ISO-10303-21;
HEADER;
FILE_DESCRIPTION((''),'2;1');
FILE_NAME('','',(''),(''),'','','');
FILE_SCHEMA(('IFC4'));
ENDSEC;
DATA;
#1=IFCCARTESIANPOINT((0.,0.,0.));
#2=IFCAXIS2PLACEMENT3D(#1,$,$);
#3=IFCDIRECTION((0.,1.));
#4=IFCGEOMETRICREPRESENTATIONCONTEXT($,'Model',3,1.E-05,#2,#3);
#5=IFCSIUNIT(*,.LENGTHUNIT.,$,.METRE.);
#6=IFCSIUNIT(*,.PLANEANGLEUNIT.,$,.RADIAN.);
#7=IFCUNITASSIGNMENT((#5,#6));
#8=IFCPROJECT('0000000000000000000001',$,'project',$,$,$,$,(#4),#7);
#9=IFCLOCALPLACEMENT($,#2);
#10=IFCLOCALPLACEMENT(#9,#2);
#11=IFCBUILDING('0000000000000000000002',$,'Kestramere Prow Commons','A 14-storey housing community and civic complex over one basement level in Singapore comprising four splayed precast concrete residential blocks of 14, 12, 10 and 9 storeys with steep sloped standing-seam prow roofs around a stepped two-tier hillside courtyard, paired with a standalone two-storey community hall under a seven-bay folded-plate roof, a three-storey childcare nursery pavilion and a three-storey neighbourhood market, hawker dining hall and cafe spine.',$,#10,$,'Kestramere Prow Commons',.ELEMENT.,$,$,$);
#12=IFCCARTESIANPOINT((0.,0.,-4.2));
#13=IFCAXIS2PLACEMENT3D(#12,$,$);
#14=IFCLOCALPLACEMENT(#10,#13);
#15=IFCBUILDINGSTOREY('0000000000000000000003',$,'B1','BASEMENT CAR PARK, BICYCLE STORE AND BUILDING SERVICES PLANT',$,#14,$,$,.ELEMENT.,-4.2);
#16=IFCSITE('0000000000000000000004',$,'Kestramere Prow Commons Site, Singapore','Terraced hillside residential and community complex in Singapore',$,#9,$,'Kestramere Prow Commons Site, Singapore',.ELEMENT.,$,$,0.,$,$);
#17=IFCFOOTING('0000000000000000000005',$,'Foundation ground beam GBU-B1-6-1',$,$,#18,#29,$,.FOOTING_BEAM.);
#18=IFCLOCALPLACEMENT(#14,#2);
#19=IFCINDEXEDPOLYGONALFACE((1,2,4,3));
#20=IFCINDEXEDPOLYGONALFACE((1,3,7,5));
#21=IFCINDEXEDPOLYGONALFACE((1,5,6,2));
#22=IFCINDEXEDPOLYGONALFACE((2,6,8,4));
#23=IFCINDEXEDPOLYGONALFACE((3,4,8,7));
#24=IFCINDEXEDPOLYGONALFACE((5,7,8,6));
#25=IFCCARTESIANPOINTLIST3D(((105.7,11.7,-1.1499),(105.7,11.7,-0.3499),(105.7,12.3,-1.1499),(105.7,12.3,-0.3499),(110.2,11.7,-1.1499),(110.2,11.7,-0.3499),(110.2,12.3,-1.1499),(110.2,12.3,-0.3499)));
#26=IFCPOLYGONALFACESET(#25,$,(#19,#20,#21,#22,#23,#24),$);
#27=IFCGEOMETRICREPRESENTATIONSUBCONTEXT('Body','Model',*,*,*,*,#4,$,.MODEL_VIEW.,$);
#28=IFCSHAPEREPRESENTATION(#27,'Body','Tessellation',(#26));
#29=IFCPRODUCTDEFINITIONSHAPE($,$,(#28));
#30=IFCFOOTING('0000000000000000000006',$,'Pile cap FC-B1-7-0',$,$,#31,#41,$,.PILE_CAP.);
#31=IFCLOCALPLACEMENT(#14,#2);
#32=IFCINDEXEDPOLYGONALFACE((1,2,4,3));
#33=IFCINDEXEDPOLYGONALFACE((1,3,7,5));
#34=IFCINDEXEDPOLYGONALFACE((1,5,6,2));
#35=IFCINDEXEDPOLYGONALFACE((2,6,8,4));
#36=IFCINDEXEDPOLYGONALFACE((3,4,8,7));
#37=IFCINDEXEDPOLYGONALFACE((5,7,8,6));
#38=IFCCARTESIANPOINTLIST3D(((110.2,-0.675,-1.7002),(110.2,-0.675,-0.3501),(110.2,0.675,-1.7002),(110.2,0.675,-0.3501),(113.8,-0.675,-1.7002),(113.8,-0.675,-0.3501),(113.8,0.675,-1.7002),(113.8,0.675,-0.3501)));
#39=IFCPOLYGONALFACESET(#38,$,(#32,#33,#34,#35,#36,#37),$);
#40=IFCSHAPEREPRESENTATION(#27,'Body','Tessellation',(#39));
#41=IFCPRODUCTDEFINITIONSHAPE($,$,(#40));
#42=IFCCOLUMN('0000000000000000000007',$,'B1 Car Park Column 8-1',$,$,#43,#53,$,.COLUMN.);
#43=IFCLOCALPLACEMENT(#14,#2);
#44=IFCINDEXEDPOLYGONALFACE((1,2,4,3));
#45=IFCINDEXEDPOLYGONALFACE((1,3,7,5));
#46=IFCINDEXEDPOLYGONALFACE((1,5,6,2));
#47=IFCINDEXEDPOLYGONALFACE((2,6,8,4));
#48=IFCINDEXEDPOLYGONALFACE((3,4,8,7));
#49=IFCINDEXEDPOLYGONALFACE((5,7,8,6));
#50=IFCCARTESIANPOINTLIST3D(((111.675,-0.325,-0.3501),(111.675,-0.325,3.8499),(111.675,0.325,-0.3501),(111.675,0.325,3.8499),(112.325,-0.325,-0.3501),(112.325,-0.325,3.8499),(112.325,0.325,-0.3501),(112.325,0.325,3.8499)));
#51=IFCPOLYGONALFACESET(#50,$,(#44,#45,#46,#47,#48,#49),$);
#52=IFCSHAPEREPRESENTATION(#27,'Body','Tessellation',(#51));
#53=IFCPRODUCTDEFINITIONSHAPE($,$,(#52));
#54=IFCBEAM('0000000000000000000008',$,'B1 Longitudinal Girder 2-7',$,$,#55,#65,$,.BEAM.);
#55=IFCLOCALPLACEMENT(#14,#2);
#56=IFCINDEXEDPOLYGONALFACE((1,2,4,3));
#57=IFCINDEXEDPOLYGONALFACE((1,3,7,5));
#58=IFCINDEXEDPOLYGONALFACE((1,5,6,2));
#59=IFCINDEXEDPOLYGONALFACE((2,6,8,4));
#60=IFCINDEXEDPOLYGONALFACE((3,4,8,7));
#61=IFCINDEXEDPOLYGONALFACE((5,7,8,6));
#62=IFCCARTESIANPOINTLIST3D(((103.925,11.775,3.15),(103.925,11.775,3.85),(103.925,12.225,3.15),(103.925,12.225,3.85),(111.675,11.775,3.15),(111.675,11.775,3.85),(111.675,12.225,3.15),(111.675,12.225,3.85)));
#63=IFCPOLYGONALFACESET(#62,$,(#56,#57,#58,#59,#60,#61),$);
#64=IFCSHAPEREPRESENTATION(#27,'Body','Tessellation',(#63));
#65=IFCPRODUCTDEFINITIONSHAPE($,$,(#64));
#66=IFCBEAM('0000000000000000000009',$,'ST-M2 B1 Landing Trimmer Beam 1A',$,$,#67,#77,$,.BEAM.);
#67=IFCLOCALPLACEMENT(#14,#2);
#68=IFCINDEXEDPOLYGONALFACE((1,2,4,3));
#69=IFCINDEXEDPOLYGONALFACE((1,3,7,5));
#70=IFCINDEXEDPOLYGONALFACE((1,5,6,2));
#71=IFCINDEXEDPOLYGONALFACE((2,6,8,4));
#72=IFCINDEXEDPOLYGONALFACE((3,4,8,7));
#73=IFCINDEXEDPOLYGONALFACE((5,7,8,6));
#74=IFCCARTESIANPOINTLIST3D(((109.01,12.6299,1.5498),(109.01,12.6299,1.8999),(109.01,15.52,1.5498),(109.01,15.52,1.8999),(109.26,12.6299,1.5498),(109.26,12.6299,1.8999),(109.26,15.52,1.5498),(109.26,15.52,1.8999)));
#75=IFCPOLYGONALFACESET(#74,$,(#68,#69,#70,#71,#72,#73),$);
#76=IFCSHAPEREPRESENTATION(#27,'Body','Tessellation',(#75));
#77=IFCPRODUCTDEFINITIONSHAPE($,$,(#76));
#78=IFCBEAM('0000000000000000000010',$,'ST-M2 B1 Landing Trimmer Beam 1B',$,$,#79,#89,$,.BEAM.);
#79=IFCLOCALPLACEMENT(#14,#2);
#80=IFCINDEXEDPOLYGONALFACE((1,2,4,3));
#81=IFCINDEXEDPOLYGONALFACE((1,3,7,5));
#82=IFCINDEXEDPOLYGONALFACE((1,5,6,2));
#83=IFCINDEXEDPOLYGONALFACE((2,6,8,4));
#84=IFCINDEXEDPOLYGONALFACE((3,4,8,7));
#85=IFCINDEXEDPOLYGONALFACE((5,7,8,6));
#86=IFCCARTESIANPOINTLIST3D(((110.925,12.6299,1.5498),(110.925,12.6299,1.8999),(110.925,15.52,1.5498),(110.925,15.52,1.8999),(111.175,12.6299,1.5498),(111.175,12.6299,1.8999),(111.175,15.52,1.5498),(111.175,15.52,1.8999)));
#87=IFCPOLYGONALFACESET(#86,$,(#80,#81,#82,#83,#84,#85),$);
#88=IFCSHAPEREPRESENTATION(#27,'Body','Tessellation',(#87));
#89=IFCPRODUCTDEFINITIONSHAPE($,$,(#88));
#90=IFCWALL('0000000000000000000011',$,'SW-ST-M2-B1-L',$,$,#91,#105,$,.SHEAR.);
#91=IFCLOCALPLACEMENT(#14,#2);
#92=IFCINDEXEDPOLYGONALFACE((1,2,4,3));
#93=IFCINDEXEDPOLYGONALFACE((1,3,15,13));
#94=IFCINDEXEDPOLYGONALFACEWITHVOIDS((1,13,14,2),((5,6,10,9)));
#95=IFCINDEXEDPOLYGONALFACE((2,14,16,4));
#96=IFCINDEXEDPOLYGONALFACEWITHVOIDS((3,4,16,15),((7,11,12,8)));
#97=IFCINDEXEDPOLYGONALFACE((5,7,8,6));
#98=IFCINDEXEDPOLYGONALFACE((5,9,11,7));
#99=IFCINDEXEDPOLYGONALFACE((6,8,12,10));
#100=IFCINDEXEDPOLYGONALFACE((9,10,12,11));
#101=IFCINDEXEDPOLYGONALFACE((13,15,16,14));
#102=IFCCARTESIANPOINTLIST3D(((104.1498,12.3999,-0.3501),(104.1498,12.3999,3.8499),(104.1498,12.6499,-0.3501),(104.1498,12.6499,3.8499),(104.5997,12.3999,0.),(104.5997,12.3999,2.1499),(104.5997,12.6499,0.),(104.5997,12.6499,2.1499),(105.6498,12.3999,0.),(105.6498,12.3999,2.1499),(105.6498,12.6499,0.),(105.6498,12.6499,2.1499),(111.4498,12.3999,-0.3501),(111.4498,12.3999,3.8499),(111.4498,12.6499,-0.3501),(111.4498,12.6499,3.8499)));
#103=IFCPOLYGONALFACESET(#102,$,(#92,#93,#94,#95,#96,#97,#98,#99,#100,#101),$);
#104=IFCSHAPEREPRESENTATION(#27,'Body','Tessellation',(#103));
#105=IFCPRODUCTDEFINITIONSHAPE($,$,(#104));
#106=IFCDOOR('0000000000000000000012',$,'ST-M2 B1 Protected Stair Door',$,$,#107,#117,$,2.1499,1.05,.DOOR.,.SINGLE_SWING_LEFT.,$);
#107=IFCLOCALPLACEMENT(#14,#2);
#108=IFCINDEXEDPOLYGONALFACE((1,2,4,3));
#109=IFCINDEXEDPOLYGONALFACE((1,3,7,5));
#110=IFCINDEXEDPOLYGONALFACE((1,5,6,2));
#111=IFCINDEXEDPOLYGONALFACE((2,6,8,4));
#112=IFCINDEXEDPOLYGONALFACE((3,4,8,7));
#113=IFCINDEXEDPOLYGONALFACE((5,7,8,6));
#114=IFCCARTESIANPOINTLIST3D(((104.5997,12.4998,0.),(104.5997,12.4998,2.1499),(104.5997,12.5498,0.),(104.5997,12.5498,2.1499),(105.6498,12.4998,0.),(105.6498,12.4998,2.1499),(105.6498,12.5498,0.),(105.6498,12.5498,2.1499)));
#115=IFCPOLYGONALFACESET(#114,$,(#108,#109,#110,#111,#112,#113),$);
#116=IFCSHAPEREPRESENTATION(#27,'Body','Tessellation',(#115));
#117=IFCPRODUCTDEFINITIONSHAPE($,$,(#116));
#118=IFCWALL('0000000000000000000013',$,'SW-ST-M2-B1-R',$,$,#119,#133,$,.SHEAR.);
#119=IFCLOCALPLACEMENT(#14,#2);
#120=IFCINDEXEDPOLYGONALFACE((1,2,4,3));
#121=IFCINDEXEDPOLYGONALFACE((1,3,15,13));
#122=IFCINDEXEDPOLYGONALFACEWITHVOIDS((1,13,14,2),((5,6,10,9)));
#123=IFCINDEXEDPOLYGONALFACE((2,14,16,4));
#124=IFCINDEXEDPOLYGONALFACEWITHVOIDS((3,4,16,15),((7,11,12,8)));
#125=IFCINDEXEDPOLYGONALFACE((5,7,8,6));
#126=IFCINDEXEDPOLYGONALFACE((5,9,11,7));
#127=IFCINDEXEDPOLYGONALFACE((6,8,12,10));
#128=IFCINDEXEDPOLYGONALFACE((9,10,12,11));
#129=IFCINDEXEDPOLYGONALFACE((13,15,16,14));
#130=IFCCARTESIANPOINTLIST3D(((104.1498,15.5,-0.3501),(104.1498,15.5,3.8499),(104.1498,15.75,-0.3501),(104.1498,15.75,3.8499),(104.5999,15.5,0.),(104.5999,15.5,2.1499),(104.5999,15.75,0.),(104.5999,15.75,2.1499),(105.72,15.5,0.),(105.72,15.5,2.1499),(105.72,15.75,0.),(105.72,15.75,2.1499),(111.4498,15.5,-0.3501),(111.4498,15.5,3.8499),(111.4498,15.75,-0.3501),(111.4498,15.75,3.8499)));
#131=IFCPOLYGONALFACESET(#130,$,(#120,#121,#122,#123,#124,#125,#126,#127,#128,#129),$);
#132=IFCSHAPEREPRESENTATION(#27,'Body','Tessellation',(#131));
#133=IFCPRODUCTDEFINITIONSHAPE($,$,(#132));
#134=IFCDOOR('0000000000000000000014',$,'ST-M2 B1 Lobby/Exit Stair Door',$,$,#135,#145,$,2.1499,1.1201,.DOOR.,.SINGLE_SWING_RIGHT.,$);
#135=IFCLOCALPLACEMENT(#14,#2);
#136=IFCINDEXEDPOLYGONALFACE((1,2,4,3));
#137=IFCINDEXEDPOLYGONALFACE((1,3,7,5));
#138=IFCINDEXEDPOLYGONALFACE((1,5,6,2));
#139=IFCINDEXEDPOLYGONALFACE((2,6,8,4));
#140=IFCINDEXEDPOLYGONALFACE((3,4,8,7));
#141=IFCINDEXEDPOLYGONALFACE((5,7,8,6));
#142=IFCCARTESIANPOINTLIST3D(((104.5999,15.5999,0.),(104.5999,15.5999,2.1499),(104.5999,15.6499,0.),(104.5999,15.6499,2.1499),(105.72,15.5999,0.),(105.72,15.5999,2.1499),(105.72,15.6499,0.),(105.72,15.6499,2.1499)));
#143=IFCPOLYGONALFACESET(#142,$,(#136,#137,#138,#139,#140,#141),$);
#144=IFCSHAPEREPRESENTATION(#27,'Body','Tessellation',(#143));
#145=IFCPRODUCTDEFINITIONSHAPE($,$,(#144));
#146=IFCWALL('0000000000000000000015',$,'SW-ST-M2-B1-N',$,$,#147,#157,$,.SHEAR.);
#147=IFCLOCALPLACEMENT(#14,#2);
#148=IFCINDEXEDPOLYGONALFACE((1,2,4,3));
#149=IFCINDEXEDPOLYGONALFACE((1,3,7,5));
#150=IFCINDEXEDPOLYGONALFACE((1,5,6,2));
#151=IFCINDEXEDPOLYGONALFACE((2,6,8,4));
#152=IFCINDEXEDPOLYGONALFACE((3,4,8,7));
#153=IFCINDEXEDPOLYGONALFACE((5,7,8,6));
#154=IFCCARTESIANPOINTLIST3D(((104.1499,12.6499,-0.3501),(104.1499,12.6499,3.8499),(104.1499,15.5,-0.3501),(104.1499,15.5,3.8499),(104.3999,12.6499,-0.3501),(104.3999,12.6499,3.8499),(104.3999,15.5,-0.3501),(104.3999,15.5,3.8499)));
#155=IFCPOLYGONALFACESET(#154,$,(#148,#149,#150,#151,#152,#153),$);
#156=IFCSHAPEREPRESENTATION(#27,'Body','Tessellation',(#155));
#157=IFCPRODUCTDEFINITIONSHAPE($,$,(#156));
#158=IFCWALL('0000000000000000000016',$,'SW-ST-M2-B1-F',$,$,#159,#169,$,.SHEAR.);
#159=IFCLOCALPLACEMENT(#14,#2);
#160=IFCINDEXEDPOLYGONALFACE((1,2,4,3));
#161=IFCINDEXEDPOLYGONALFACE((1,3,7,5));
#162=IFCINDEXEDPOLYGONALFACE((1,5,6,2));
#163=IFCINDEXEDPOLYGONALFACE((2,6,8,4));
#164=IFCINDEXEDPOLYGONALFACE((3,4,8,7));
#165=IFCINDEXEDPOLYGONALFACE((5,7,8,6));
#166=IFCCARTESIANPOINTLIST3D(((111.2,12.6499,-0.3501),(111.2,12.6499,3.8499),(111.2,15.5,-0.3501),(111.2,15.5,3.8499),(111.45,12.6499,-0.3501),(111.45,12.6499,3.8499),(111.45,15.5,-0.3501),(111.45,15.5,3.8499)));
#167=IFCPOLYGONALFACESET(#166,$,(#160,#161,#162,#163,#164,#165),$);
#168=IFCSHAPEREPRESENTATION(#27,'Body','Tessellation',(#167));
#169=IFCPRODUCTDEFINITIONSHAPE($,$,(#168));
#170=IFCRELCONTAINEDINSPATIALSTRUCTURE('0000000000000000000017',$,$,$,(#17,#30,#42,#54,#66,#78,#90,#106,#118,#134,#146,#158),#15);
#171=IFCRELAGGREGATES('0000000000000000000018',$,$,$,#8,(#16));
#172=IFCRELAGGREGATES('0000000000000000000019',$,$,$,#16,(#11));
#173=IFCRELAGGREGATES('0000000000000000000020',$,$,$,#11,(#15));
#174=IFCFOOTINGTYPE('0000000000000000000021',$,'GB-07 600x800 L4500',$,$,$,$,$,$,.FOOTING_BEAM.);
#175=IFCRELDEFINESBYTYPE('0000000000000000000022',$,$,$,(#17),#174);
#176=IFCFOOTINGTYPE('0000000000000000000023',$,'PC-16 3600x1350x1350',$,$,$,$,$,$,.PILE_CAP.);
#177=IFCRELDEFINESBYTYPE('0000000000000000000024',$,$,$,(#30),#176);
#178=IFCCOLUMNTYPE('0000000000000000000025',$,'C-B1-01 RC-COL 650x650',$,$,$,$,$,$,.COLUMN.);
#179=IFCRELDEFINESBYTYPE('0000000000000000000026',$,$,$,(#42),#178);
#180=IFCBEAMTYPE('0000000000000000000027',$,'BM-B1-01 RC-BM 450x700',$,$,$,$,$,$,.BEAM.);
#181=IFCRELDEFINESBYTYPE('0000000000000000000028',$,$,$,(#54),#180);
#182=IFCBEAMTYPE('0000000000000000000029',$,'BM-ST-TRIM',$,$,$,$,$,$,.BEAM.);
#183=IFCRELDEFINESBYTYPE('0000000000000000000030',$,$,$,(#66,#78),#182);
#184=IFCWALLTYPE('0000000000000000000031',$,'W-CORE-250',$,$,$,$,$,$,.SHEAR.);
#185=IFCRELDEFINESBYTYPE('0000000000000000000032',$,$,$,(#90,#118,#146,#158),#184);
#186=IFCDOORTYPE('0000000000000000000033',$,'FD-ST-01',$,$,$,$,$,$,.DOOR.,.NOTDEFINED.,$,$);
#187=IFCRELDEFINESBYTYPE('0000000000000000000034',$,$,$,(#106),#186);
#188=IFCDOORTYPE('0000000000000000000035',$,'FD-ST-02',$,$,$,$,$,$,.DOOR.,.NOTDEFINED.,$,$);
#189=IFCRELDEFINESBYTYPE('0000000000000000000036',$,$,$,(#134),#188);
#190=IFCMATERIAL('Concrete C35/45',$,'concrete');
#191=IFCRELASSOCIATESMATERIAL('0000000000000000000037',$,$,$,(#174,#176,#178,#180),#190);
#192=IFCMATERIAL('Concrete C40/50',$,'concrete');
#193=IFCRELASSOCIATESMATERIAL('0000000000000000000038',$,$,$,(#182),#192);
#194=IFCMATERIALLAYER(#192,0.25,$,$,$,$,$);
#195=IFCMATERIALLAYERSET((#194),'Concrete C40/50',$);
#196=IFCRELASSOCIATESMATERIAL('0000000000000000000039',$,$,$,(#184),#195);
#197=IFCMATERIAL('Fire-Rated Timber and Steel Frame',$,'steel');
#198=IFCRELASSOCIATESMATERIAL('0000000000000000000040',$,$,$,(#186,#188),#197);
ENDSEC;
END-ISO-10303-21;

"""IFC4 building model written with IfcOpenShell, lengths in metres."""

from ifc_helpers import new_model, si_unit, direction, frame, frame_2d, origin, origin_2d, place, context, subcontext, project, spatial, rectangle, extrude, material, layer, layer_set, material_profile, profile_set, type_object, element, fill, save


model = new_model("IFC4")

# Units and contexts
model_context = context("Model", 3, precision=1e-05, world=origin(), true_north=direction((0.0, 1.0)))
body_context = subcontext(model_context, "Body", "Model", "MODEL_VIEW")
ifc_project = project(units=[si_unit("LENGTHUNIT", "METRE"), si_unit("PLANEANGLEUNIT", "RADIAN")], contexts=[model_context])

# Site, building, storey
site_placement = place(None, origin())
site = spatial("IfcSite", under=ifc_project, at=site_placement, Name="Kestramere Prow Commons Site, Singapore", Description="Terraced hillside residential and community complex in Singapore", LongName="Kestramere Prow Commons Site, Singapore", CompositionType="ELEMENT", RefElevation=0.0)
building_placement = place(site_placement, origin())
building = spatial("IfcBuilding", under=site, at=building_placement, Name="Kestramere Prow Commons", Description="A 14-storey housing community and civic complex over one basement level in Singapore comprising four splayed precast concrete residential blocks of 14, 12, 10 and 9 storeys with steep sloped standing-seam prow roofs around a stepped two-tier hillside courtyard, paired with a standalone two-storey community hall under a seven-bay folded-plate roof, a three-storey childcare nursery pavilion and a three-storey neighbourhood market, hawker dining hall and cafe spine.", LongName="Kestramere Prow Commons", CompositionType="ELEMENT")
storey_placement = place(building_placement, frame((0.0, 0.0, -4.2)))
storey = spatial("IfcBuildingStorey", under=building, at=storey_placement, Name="B1", Description="BASEMENT CAR PARK, BICYCLE STORE AND BUILDING SERVICES PLANT", CompositionType="ELEMENT", Elevation=-4.2)

# Shared definitions
ifc_material_1 = material(Name="Concrete C35/45", Category="concrete")

# Footings
footing_type_1 = type_object("IfcFootingType", Name="GB-07 600x800 L4500", PredefinedType="FOOTING_BEAM", material=ifc_material_1)
for number, where, z_axis, x_axis, name in (
    (1, (107.95, 12.0, -1.1499), (0.0, 0.0, 1.0), (1.0, 0.0, 0.0), "Foundation ground beam GBU-B1-6-1"),
):
    element("IfcFooting", number, at=place(storey_placement, frame(where, z_axis=z_axis, x_axis=x_axis)), inside=storey, type_object=footing_type_1, Name=name, PredefinedType="FOOTING_BEAM", context=body_context, shape_type="SweptSolid", body=[
        extrude(rectangle(XDim=4.5, YDim=0.6001, at=origin_2d()), origin(), (0.0, 0.0, 1.0), 0.8),
    ])
footing_type_2 = type_object("IfcFootingType", Name="PC-16 3600x1350x1350", PredefinedType="PILE_CAP", material=ifc_material_1)
footing_1_placement = place(storey_placement, frame((112.0, 0.0, -1.7002), z_axis=(0.0, 0.0, 1.0), x_axis=(1.0, 0.0, 0.0)))
element("IfcFooting", 2, at=footing_1_placement, inside=storey, type_object=footing_type_2, Name="Pile cap FC-B1-7-0", PredefinedType="PILE_CAP", context=body_context, shape_type="SweptSolid", body=[
    extrude(rectangle(XDim=3.6001, YDim=1.3501, at=origin_2d()), origin(), (0.0, 0.0, 1.0), 1.3501),
])

# Column
ifc_material_profile_1 = material_profile(ifc_material_1, rectangle(XDim=0.6499, YDim=0.6499, at=origin_2d()), Name="RC-COL 650x650")
ifc_profile_set_1 = profile_set([ifc_material_profile_1], Name="Concrete C35/45")
column_type = type_object("IfcColumnType", Name="C-B1-01 RC-COL 650x650", PredefinedType="COLUMN", material=ifc_profile_set_1)
column_placement = place(storey_placement, frame((112.0, 0.0, -0.3501), z_axis=(0.0, 0.0, 1.0), x_axis=(1.0, 0.0, 0.0)))
element("IfcColumn", 3, at=column_placement, inside=storey, type_object=column_type, Name="B1 Car Park Column 8-1", PredefinedType="COLUMN", context=body_context, shape_type="SweptSolid", body=[
    extrude(rectangle(XDim=0.6499, YDim=0.6499, at=origin_2d()), origin(), (0.0, 0.0, 1.0), 4.2),
])

# Beams
ifc_material_profile_2 = material_profile(ifc_material_1, rectangle(XDim=0.45, YDim=0.7, at=origin_2d()), Name="RC-BM 450x700")
ifc_profile_set_2 = profile_set([ifc_material_profile_2], Name="Concrete C35/45")
beam_type_1 = type_object("IfcBeamType", Name="BM-B1-01 RC-BM 450x700", PredefinedType="BEAM", material=ifc_profile_set_2)
beam_placement = place(storey_placement, frame((103.925, 12.0, 3.5), z_axis=(1.0, 0.0, 0.0), x_axis=(0.0, 1.0, 0.0)))
element("IfcBeam", 4, at=beam_placement, inside=storey, type_object=beam_type_1, Name="B1 Longitudinal Girder 2-7", PredefinedType="BEAM", context=body_context, shape_type="SweptSolid", body=[
    extrude(rectangle(XDim=0.45, YDim=0.7, at=origin_2d()), origin(), (0.0, 0.0, 1.0), 7.75),
])
ifc_material_2 = material(Name="Concrete C40/50", Category="concrete")
ifc_material_profile_3 = material_profile(ifc_material_2, rectangle(XDim=0.25, YDim=0.3501, at=origin_2d()), Name="PC-BM 250x350")
ifc_profile_set_3 = profile_set([ifc_material_profile_3], Name="Concrete C40/50")
beam_type_2 = type_object("IfcBeamType", Name="BM-ST-TRIM", PredefinedType="BEAM", material=ifc_profile_set_3)
for number, where, z_axis, x_axis, name in (
    (5, (109.135, 12.6299, 1.7249), (0.0, 1.0, 0.0), (-1.0, 0.0, 0.0), "ST-M2 B1 Landing Trimmer Beam 1A"),
    (6, (111.05, 12.6299, 1.7249), (0.0, 1.0, 0.0), (-1.0, 0.0, 0.0), "ST-M2 B1 Landing Trimmer Beam 1B"),
):
    element("IfcBeam", number, at=place(storey_placement, frame(where, z_axis=z_axis, x_axis=x_axis)), inside=storey, type_object=beam_type_2, Name=name, PredefinedType="BEAM", context=body_context, shape_type="SweptSolid", body=[
        extrude(rectangle(XDim=0.25, YDim=0.3501, at=origin_2d()), origin(), (0.0, 0.0, 1.0), 2.8901),
    ])

# Walls, openings, doors
ifc_layer = layer(ifc_material_2, 0.25)
ifc_layer_set = layer_set([ifc_layer], Name="Concrete C40/50")
wall_type = type_object("IfcWallType", Name="W-CORE-250", PredefinedType="SHEAR", material=ifc_layer_set)
wall_1_placement = place(storey_placement, frame((104.1499, 12.5249, -0.3501), z_axis=(0.0, 0.0, 1.0), x_axis=(1.0, 0.0, 0.0)))
wall_1 = element("IfcWall", 7, at=wall_1_placement, inside=storey, type_object=wall_type, Name="SW-ST-M2-B1-L", PredefinedType="SHEAR", context=body_context, shape_type="SweptSolid", body=[
    extrude(rectangle(XDim=7.3, YDim=0.25, at=frame_2d((3.6499, 0.0))), origin(), (0.0, 0.0, 1.0), 4.2),
])
opening_1_placement = place(wall_1_placement, frame((0.45, 0.0, 0.3501)))
opening_1 = element("IfcOpeningElement", 8, at=opening_1_placement, cuts=wall_1, PredefinedType="OPENING", context=body_context, shape_type="SweptSolid", body=[
    extrude(rectangle(XDim=1.05, YDim=2.1499, at=frame_2d((0.5249, 1.075))), frame((0.0, 0.1399, 0.0), z_axis=(0.0, -1.0, 0.0), x_axis=(1.0, 0.0, 0.0)), (0.0, 0.0, 1.0), 0.28),
])
ifc_material_3 = material(Name="Fire-Rated Timber and Steel Frame", Category="steel")
door_type_1 = type_object("IfcDoorType", Name="FD-ST-01", OperationType="NOTDEFINED", PredefinedType="DOOR", material=ifc_material_3)
door_1_placement = place(opening_1_placement, origin())
door_1 = element("IfcDoor", 9, at=door_1_placement, inside=storey, type_object=door_type_1, Name="ST-M2 B1 Protected Stair Door", OperationType="SINGLE_SWING_LEFT", OverallHeight=2.1499, OverallWidth=1.05, PredefinedType="DOOR", context=body_context, shape_type="SweptSolid", body=[
    extrude(rectangle(XDim=1.05, YDim=2.1499, at=frame_2d((0.5249, 1.075))), frame((0.0, 0.0249, 0.0), z_axis=(0.0, -1.0, 0.0), x_axis=(1.0, 0.0, 0.0)), (0.0, 0.0, 1.0), 0.05),
])
fill(opening_1, door_1)
wall_2_placement = place(storey_placement, frame((104.1499, 15.625, -0.3501), z_axis=(0.0, 0.0, 1.0), x_axis=(1.0, 0.0, 0.0)))
wall_2 = element("IfcWall", 10, at=wall_2_placement, inside=storey, type_object=wall_type, Name="SW-ST-M2-B1-R", PredefinedType="SHEAR", context=body_context, shape_type="SweptSolid", body=[
    extrude(rectangle(XDim=7.3, YDim=0.25, at=frame_2d((3.6499, 0.0))), origin(), (0.0, 0.0, 1.0), 4.2),
])
opening_2_placement = place(wall_2_placement, frame((0.45, 0.0, 0.3501)))
opening_2 = element("IfcOpeningElement", 11, at=opening_2_placement, cuts=wall_2, PredefinedType="OPENING", context=body_context, shape_type="SweptSolid", body=[
    extrude(rectangle(XDim=1.1201, YDim=2.1499, at=frame_2d((0.5601, 1.075))), frame((0.0, 0.1399, 0.0), z_axis=(0.0, -1.0, 0.0), x_axis=(1.0, 0.0, 0.0)), (0.0, 0.0, 1.0), 0.28),
])
door_type_2 = type_object("IfcDoorType", Name="FD-ST-02", OperationType="NOTDEFINED", PredefinedType="DOOR", material=ifc_material_3)
door_2_placement = place(opening_2_placement, origin())
door_2 = element("IfcDoor", 12, at=door_2_placement, inside=storey, type_object=door_type_2, Name="ST-M2 B1 Lobby/Exit Stair Door", OperationType="SINGLE_SWING_RIGHT", OverallHeight=2.1499, OverallWidth=1.1201, PredefinedType="DOOR", context=body_context, shape_type="SweptSolid", body=[
    extrude(rectangle(XDim=1.1201, YDim=2.1499, at=frame_2d((0.5601, 1.075))), frame((0.0, 0.0249, 0.0), z_axis=(0.0, -1.0, 0.0), x_axis=(1.0, 0.0, 0.0)), (0.0, 0.0, 1.0), 0.05),
])
fill(opening_2, door_2)

# Walls
for number, where, z_axis, x_axis, name in (
    (13, (104.2749, 12.6499, -0.3501), (0.0, 0.0, 1.0), (0.0, 1.0, 0.0), "SW-ST-M2-B1-N"),
    (14, (111.325, 12.6499, -0.3501), (0.0, 0.0, 1.0), (0.0, 1.0, 0.0), "SW-ST-M2-B1-F"),
):
    element("IfcWall", number, at=place(storey_placement, frame(where, z_axis=z_axis, x_axis=x_axis)), inside=storey, type_object=wall_type, Name=name, PredefinedType="SHEAR", context=body_context, shape_type="SweptSolid", body=[
        extrude(rectangle(XDim=2.8501, YDim=0.25, at=frame_2d((1.425, 0.0))), origin(), (0.0, 0.0, 1.0), 4.2),
    ])

save(model, "model.ifc")
